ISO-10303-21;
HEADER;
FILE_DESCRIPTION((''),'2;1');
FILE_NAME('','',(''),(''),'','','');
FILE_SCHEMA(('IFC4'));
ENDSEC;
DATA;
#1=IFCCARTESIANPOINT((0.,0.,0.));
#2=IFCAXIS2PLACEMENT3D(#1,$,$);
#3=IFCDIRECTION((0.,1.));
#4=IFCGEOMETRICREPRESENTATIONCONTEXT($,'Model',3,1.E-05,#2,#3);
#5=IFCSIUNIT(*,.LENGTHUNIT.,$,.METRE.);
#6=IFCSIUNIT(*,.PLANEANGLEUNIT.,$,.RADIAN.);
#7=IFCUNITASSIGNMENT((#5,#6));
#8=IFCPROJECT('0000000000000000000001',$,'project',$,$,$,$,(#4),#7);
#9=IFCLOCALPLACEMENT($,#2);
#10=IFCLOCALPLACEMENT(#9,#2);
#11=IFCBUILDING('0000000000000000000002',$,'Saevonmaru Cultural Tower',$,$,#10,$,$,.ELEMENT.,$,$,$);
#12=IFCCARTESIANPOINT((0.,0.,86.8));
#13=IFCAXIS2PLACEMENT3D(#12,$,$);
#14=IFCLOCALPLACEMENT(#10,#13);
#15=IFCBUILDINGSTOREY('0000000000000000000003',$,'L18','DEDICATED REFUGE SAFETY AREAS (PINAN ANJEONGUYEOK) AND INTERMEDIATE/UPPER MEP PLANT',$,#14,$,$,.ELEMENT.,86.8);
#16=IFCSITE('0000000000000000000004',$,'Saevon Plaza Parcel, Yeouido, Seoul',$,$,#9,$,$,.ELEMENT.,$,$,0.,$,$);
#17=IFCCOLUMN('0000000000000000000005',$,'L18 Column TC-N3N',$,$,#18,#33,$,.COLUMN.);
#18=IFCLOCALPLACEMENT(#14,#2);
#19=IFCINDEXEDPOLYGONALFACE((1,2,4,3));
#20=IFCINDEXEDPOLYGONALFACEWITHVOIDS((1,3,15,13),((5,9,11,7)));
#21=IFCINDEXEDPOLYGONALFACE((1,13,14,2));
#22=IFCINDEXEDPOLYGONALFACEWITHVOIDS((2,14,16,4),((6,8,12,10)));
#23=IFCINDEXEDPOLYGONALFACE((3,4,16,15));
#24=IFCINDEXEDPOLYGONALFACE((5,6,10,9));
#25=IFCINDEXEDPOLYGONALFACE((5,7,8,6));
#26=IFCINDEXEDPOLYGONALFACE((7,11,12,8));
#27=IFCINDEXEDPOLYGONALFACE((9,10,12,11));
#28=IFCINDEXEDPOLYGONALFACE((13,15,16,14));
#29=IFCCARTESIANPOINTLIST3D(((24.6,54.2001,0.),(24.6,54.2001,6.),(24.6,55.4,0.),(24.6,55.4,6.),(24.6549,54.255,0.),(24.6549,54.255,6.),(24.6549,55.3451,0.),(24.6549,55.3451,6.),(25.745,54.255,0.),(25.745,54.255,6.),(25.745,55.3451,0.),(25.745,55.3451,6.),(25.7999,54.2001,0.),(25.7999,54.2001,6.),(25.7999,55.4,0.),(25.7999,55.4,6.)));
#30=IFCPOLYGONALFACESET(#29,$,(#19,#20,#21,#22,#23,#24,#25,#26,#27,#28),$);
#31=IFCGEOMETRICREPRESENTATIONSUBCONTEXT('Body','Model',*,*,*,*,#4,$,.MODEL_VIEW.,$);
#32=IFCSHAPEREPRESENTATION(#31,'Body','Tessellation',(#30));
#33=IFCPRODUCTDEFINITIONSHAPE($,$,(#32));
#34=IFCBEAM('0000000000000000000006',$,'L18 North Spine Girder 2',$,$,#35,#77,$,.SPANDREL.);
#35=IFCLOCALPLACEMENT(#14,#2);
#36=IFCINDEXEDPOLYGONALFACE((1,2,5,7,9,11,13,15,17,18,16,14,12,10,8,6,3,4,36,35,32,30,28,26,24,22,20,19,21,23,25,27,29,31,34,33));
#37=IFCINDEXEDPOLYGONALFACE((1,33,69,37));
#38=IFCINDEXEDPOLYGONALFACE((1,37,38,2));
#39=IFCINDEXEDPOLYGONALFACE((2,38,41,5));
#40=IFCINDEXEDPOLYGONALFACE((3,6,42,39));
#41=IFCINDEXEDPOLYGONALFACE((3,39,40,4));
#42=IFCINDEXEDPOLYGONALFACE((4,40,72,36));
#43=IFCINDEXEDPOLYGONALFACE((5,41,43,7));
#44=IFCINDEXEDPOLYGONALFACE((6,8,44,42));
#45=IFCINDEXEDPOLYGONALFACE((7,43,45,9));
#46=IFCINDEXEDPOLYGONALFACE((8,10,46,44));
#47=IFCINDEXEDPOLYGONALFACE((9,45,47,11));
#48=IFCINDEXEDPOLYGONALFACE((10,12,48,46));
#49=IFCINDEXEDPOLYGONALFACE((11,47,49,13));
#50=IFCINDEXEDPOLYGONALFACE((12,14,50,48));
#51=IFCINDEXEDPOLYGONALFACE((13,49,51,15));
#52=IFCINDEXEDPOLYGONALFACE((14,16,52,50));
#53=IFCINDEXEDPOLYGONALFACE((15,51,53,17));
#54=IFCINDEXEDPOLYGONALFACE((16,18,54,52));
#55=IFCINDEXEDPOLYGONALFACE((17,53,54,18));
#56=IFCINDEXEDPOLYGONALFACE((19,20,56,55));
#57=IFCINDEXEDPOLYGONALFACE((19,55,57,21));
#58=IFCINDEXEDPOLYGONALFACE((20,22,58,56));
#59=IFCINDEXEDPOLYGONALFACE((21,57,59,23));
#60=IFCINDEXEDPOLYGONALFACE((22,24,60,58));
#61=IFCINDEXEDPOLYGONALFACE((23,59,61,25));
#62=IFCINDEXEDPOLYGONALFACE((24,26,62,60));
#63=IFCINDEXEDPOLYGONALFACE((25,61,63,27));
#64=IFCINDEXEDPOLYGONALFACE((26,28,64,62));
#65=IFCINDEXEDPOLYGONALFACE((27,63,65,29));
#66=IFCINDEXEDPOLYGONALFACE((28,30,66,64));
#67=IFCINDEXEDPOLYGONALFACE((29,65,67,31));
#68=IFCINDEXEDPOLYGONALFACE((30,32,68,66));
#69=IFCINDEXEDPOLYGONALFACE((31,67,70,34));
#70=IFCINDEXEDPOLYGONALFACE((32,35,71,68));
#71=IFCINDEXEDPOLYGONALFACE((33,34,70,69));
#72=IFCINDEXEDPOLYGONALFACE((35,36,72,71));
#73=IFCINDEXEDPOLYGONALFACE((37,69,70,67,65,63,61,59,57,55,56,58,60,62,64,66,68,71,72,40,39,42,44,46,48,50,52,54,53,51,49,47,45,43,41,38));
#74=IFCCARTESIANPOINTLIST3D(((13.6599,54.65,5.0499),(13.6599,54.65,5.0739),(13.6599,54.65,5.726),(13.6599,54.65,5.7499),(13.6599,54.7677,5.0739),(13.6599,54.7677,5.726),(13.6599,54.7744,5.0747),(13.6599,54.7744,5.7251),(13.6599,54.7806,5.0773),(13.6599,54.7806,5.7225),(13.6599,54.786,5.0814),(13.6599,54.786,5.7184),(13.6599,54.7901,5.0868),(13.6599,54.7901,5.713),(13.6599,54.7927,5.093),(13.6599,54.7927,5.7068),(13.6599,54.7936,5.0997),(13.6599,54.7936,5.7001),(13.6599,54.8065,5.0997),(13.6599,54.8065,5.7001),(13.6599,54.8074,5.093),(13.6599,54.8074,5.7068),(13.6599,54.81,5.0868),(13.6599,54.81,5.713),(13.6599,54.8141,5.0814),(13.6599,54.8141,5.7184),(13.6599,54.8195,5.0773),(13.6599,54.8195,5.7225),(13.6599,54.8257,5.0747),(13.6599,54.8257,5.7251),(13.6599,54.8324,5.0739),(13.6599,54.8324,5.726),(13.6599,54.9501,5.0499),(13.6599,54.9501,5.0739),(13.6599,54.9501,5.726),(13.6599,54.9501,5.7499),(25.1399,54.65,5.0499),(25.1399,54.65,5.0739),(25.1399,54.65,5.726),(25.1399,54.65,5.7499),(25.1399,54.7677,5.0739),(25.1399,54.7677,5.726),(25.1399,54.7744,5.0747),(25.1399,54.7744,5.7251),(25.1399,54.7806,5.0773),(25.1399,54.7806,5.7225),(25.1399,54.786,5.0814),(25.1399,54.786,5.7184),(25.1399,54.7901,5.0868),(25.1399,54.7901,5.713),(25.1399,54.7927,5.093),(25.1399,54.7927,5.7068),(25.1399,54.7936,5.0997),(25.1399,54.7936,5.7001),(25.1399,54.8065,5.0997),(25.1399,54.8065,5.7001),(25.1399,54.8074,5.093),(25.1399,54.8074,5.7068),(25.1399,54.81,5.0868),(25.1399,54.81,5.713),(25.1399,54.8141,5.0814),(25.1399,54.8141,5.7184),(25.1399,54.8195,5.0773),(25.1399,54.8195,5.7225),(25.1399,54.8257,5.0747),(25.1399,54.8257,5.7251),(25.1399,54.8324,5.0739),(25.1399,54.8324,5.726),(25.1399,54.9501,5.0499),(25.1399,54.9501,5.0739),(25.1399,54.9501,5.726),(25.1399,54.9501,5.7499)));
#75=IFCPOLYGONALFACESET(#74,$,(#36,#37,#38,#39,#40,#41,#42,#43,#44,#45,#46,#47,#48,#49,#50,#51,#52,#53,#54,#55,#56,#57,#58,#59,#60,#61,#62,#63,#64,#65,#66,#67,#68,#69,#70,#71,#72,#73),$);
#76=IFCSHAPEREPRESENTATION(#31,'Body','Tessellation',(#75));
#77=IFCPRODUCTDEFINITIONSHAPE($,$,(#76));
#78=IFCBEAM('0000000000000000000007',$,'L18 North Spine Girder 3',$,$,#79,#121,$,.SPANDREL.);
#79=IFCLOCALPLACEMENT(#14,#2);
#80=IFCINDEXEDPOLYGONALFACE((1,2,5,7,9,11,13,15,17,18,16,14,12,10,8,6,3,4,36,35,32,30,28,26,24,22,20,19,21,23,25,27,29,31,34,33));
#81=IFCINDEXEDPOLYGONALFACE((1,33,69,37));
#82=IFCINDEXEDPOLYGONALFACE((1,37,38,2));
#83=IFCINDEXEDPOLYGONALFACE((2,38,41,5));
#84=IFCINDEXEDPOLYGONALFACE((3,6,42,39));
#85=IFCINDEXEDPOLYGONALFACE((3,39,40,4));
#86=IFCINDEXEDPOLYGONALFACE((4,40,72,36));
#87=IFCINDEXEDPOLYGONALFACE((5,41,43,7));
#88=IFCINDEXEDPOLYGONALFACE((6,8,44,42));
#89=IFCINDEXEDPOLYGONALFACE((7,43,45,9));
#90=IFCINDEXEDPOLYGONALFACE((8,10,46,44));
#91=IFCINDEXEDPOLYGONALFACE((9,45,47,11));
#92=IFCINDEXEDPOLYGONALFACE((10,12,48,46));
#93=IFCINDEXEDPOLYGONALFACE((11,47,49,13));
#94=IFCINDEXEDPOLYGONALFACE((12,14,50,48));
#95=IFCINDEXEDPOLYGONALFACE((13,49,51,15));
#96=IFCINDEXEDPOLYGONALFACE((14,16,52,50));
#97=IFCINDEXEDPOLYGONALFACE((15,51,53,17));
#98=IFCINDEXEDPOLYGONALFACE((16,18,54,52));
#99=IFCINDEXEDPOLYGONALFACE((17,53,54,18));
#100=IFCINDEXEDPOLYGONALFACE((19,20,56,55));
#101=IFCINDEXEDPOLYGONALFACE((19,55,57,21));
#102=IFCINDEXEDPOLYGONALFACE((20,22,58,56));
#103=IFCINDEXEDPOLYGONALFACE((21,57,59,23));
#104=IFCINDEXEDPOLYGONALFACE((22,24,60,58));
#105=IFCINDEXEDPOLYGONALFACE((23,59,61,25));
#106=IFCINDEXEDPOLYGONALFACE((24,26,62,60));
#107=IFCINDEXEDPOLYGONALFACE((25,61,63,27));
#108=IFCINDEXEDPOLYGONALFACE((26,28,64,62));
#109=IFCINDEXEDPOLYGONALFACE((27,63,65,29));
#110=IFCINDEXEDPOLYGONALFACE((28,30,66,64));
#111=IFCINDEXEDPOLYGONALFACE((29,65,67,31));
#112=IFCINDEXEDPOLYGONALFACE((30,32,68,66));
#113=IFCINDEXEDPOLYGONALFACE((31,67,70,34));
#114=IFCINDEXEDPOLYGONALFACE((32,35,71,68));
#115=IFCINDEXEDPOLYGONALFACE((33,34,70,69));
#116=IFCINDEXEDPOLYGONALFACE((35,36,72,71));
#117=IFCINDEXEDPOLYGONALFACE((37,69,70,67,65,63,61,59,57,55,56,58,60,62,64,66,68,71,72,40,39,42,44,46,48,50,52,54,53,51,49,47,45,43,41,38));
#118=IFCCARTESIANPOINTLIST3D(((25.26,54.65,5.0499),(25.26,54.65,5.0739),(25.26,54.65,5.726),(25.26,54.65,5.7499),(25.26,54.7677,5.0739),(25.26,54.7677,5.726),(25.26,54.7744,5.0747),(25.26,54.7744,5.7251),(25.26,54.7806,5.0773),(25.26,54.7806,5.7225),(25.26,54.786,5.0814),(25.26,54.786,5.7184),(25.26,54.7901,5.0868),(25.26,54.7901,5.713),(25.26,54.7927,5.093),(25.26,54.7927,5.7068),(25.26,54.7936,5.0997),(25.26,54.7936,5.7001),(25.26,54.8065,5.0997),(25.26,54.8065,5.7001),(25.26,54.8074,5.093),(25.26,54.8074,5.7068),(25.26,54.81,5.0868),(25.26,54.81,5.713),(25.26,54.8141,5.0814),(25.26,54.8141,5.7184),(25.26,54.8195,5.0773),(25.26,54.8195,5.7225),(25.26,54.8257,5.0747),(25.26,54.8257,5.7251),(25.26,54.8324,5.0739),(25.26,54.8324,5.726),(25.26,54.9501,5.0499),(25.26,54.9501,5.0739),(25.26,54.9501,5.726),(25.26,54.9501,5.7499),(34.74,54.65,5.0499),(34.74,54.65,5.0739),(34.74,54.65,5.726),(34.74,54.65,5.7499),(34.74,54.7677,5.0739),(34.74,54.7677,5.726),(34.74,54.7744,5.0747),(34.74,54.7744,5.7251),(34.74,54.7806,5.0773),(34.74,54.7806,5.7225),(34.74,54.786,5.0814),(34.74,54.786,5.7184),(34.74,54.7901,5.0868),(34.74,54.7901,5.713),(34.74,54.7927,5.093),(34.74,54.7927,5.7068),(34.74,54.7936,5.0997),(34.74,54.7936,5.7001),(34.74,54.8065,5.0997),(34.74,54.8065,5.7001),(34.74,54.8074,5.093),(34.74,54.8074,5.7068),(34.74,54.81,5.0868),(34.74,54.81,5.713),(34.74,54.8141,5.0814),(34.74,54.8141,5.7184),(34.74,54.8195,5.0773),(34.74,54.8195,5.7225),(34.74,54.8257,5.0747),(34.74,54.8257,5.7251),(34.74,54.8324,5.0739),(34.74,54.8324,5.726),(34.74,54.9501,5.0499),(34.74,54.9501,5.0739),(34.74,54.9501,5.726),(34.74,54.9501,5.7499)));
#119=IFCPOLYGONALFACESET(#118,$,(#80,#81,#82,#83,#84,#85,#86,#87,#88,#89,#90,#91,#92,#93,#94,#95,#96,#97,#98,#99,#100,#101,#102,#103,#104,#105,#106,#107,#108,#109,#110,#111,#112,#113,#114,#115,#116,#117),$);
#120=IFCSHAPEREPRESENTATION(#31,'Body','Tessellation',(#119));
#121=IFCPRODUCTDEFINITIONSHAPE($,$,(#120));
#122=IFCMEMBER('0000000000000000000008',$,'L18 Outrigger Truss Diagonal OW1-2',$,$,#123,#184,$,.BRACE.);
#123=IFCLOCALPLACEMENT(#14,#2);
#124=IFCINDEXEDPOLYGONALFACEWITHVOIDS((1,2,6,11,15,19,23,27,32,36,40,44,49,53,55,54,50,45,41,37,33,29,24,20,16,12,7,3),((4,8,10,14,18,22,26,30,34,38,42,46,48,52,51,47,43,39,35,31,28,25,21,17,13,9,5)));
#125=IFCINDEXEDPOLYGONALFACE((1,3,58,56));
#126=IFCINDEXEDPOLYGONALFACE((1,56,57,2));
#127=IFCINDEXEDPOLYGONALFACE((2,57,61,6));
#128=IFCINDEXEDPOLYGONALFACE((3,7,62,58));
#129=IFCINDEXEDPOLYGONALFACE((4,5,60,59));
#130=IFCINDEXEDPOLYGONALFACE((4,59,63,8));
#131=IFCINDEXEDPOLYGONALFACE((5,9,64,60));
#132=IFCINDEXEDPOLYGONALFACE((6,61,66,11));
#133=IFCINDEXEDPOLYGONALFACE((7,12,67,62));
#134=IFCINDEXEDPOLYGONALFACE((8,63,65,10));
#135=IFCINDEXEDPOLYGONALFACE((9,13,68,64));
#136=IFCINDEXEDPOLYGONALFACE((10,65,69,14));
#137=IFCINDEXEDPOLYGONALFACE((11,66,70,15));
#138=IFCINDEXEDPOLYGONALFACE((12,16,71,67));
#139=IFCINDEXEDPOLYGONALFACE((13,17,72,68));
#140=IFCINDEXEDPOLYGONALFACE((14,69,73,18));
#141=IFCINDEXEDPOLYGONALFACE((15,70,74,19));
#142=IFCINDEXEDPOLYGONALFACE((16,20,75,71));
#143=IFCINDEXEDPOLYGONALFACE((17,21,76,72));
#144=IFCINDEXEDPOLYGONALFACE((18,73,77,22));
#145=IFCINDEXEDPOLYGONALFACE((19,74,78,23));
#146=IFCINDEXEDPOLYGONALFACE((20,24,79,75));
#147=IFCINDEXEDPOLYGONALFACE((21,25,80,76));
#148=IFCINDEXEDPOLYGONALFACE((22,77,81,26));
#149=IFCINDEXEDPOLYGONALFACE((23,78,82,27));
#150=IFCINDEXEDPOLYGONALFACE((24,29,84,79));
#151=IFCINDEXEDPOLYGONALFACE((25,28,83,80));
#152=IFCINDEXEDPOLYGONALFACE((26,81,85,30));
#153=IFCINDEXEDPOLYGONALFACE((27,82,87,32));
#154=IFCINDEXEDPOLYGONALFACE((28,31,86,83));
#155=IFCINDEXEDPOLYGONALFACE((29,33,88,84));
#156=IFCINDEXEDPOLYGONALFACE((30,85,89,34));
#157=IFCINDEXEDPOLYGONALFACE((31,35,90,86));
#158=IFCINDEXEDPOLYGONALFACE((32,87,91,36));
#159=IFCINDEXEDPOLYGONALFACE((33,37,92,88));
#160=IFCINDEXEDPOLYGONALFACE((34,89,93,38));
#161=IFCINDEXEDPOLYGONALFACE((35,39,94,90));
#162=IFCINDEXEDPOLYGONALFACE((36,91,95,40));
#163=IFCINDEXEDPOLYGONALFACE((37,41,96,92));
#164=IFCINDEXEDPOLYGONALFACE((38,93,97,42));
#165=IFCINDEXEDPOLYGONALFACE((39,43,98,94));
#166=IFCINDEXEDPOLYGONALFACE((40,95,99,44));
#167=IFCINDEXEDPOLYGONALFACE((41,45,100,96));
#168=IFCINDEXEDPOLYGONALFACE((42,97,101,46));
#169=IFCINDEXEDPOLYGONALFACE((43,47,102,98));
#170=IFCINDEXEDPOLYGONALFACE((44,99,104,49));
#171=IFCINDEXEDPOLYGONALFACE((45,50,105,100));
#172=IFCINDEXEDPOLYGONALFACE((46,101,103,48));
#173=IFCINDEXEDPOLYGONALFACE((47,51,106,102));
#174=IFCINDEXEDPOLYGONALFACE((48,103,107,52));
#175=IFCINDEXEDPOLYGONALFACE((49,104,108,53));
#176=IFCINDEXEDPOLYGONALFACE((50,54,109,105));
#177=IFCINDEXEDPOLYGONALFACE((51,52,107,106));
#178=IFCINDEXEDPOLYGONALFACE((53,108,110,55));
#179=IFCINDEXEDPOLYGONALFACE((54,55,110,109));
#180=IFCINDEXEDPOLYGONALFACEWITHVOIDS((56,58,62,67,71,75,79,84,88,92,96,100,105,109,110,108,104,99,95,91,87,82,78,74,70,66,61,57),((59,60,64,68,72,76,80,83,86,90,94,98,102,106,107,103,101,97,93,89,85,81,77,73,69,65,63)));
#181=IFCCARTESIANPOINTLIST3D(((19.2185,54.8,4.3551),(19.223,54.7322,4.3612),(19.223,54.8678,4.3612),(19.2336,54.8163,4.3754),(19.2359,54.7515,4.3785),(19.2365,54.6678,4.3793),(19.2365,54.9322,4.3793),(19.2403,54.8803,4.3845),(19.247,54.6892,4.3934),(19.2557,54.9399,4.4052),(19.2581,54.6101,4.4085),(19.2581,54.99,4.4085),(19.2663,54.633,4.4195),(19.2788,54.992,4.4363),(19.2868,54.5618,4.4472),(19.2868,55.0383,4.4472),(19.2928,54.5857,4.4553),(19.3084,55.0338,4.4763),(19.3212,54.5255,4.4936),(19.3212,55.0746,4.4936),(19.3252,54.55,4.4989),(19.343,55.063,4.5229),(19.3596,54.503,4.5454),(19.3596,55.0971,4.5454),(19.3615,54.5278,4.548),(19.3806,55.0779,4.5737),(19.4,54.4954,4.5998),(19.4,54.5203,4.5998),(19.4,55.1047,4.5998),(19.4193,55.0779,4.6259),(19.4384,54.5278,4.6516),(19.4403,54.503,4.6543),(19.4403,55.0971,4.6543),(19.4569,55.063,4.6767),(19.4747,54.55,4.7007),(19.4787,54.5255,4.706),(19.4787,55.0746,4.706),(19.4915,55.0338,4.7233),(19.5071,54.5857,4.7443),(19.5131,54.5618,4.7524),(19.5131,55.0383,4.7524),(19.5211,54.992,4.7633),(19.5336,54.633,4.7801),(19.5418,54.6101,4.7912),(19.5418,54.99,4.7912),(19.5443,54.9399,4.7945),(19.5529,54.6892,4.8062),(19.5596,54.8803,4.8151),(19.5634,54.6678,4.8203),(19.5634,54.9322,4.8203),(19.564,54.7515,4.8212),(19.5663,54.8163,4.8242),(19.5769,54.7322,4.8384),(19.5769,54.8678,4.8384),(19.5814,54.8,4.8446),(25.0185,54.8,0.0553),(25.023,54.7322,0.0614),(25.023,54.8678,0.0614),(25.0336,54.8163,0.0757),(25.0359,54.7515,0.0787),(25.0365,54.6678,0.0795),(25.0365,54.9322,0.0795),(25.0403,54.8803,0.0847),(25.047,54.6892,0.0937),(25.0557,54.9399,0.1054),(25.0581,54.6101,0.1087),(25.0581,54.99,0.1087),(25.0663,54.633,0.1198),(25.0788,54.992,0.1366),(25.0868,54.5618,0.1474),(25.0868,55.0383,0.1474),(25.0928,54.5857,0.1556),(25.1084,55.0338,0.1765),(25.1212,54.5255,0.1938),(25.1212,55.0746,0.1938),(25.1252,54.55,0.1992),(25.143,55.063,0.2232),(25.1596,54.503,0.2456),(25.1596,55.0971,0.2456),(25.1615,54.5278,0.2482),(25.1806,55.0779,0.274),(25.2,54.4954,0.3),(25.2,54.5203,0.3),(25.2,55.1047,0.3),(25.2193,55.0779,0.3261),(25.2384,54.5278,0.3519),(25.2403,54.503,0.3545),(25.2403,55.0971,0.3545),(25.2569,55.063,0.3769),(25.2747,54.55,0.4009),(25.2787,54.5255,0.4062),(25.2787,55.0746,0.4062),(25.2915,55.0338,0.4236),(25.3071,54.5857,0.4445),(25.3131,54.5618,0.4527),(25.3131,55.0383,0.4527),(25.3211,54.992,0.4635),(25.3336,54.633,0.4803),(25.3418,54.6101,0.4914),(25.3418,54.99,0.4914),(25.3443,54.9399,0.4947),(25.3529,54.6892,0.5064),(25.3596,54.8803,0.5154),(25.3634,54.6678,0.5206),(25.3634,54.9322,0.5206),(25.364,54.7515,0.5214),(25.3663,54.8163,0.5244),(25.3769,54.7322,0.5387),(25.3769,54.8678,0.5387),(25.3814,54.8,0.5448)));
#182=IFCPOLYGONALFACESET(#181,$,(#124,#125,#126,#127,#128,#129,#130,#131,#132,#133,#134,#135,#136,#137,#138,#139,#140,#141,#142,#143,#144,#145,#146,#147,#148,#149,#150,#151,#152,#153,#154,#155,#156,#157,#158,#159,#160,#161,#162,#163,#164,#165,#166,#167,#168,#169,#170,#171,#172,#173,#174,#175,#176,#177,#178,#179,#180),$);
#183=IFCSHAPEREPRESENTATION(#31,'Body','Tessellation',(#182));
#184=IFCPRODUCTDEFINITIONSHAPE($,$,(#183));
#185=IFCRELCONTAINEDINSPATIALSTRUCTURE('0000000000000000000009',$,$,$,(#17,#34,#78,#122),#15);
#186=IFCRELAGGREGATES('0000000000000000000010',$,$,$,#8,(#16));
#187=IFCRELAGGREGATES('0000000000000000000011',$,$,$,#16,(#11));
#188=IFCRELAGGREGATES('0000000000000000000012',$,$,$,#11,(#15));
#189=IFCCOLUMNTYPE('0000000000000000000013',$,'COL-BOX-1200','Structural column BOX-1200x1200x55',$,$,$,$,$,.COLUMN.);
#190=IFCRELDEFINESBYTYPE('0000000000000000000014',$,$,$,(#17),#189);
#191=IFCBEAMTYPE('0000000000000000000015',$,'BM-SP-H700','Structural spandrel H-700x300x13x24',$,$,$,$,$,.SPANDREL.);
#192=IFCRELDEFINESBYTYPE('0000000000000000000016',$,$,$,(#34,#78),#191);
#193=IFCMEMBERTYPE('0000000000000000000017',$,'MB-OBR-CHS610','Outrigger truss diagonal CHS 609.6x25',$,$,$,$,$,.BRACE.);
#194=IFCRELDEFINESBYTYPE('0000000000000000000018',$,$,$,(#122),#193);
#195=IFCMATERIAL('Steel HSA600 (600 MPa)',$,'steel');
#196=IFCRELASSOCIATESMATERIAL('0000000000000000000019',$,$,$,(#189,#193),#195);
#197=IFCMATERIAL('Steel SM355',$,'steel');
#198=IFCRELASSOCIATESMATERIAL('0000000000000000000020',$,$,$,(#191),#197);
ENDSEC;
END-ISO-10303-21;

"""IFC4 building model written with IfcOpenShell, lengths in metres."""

from ifc_helpers import new_model, si_unit, direction, frame, origin, origin_2d, place, context, subcontext, project, spatial, hollow_rectangle, hollow_circle, i_section, extrude, material, material_profile, profile_set, type_object, element, save


model = new_model("IFC4")

# Units and contexts
model_context = context("Model", 3, precision=1e-05, world=origin(), true_north=direction((0.0, 1.0)))
body_context = subcontext(model_context, "Body", "Model", "MODEL_VIEW")
ifc_project = project(units=[si_unit("LENGTHUNIT", "METRE"), si_unit("PLANEANGLEUNIT", "RADIAN")], contexts=[model_context])

# Site, building, storey
site_placement = place(None, origin())
site = spatial("IfcSite", under=ifc_project, at=site_placement, Name="Saevon Plaza Parcel, Yeouido, Seoul", CompositionType="ELEMENT", RefElevation=0.0)
building_placement = place(site_placement, origin())
building = spatial("IfcBuilding", under=site, at=building_placement, Name="Saevonmaru Cultural Tower", CompositionType="ELEMENT")
storey_placement = place(building_placement, frame((0.0, 0.0, 86.8)))
storey = spatial("IfcBuildingStorey", under=building, at=storey_placement, Name="L18", Description="DEDICATED REFUGE SAFETY AREAS (PINAN ANJEONGUYEOK) AND INTERMEDIATE/UPPER MEP PLANT", CompositionType="ELEMENT", Elevation=86.8)

# Column
ifc_material_1 = material(Name="Steel HSA600 (600 MPa)", Category="steel")
ifc_material_profile_1 = material_profile(ifc_material_1, hollow_rectangle(XDim=1.2, YDim=1.2, WallThickness=0.0549, at=origin_2d()), Name="BOX-1200x1200x55")
ifc_profile_set_1 = profile_set([ifc_material_profile_1], Name="Steel HSA600 (600 MPa)")
column_type = type_object("IfcColumnType", Name="COL-BOX-1200", Description="Structural column BOX-1200x1200x55", PredefinedType="COLUMN", material=ifc_profile_set_1)
column_placement = place(storey_placement, frame((25.2, 54.8, 0.0), z_axis=(0.0, 0.0, 1.0), x_axis=(1.0, 0.0, 0.0)))
element("IfcColumn", 1, at=column_placement, inside=storey, type_object=column_type, Name="L18 Column TC-N3N", PredefinedType="COLUMN", context=body_context, shape_type="SweptSolid", body=[
    extrude(hollow_rectangle(XDim=1.2, YDim=1.2, WallThickness=0.0549, at=origin_2d()), origin(), (0.0, 0.0, 1.0), 6.0),
])

# Beams
ifc_material_2 = material(Name="Steel SM355", Category="steel")
ifc_material_profile_2 = material_profile(ifc_material_2, i_section(OverallWidth=0.3, OverallDepth=0.7, WebThickness=0.0129, FlangeThickness=0.0239, FilletRadius=0.0259, at=origin_2d()), Name="H-700x300x13x24")
ifc_profile_set_2 = profile_set([ifc_material_profile_2], Name="Steel SM355")
beam_type = type_object("IfcBeamType", Name="BM-SP-H700", Description="Structural spandrel H-700x300x13x24", PredefinedType="SPANDREL", material=ifc_profile_set_2)
beam_1_placement = place(storey_placement, frame((13.6599, 54.8, 5.3999), z_axis=(1.0, 0.0, 0.0), x_axis=(0.0, 1.0, 0.0)))
element("IfcBeam", 2, at=beam_1_placement, inside=storey, type_object=beam_type, Name="L18 North Spine Girder 2", PredefinedType="SPANDREL", context=body_context, shape_type="SweptSolid", body=[
    extrude(i_section(OverallWidth=0.3, OverallDepth=0.7, WebThickness=0.0129, FlangeThickness=0.0239, FilletRadius=0.0259, at=origin_2d()), origin(), (0.0, 0.0, 1.0), 11.48),
])
beam_2_placement = place(storey_placement, frame((25.26, 54.8, 5.3999), z_axis=(1.0, 0.0, 0.0), x_axis=(0.0, 1.0, 0.0)))
element("IfcBeam", 3, at=beam_2_placement, inside=storey, type_object=beam_type, Name="L18 North Spine Girder 3", PredefinedType="SPANDREL", context=body_context, shape_type="SweptSolid", body=[
    extrude(i_section(OverallWidth=0.3, OverallDepth=0.7, WebThickness=0.0129, FlangeThickness=0.0239, FilletRadius=0.0259, at=origin_2d()), origin(), (0.0, 0.0, 1.0), 9.48),
])

# Member
ifc_material_profile_3 = material_profile(ifc_material_1, hollow_circle(Radius=0.3047, WallThickness=0.0249, at=origin_2d()), Name="CHS-609.6x25")
ifc_profile_set_3 = profile_set([ifc_material_profile_3], Name="Steel HSA600 (600 MPa)")
member_type_1 = type_object("IfcMemberType", Name="MB-OBR-CHS610", Description="Outrigger truss diagonal CHS 609.6x25", PredefinedType="BRACE", material=ifc_profile_set_3)
member_1_placement = place(storey_placement, frame((25.2, 54.8, 0.3), z_axis=(-0.803327, 0.0, 0.595538), x_axis=(0.0, -1.0, 0.0)))
element("IfcMember", 4, at=member_1_placement, inside=storey, type_object=member_type_1, Name="L18 Outrigger Truss Diagonal OW1-2", PredefinedType="BRACE", context=body_context, shape_type="SweptSolid", body=[
    extrude(hollow_circle(Radius=0.3047, WallThickness=0.0249, at=origin_2d()), origin(), (0.0, 0.0, 1.0), 7.22),
])

save(model, "model.ifc")
